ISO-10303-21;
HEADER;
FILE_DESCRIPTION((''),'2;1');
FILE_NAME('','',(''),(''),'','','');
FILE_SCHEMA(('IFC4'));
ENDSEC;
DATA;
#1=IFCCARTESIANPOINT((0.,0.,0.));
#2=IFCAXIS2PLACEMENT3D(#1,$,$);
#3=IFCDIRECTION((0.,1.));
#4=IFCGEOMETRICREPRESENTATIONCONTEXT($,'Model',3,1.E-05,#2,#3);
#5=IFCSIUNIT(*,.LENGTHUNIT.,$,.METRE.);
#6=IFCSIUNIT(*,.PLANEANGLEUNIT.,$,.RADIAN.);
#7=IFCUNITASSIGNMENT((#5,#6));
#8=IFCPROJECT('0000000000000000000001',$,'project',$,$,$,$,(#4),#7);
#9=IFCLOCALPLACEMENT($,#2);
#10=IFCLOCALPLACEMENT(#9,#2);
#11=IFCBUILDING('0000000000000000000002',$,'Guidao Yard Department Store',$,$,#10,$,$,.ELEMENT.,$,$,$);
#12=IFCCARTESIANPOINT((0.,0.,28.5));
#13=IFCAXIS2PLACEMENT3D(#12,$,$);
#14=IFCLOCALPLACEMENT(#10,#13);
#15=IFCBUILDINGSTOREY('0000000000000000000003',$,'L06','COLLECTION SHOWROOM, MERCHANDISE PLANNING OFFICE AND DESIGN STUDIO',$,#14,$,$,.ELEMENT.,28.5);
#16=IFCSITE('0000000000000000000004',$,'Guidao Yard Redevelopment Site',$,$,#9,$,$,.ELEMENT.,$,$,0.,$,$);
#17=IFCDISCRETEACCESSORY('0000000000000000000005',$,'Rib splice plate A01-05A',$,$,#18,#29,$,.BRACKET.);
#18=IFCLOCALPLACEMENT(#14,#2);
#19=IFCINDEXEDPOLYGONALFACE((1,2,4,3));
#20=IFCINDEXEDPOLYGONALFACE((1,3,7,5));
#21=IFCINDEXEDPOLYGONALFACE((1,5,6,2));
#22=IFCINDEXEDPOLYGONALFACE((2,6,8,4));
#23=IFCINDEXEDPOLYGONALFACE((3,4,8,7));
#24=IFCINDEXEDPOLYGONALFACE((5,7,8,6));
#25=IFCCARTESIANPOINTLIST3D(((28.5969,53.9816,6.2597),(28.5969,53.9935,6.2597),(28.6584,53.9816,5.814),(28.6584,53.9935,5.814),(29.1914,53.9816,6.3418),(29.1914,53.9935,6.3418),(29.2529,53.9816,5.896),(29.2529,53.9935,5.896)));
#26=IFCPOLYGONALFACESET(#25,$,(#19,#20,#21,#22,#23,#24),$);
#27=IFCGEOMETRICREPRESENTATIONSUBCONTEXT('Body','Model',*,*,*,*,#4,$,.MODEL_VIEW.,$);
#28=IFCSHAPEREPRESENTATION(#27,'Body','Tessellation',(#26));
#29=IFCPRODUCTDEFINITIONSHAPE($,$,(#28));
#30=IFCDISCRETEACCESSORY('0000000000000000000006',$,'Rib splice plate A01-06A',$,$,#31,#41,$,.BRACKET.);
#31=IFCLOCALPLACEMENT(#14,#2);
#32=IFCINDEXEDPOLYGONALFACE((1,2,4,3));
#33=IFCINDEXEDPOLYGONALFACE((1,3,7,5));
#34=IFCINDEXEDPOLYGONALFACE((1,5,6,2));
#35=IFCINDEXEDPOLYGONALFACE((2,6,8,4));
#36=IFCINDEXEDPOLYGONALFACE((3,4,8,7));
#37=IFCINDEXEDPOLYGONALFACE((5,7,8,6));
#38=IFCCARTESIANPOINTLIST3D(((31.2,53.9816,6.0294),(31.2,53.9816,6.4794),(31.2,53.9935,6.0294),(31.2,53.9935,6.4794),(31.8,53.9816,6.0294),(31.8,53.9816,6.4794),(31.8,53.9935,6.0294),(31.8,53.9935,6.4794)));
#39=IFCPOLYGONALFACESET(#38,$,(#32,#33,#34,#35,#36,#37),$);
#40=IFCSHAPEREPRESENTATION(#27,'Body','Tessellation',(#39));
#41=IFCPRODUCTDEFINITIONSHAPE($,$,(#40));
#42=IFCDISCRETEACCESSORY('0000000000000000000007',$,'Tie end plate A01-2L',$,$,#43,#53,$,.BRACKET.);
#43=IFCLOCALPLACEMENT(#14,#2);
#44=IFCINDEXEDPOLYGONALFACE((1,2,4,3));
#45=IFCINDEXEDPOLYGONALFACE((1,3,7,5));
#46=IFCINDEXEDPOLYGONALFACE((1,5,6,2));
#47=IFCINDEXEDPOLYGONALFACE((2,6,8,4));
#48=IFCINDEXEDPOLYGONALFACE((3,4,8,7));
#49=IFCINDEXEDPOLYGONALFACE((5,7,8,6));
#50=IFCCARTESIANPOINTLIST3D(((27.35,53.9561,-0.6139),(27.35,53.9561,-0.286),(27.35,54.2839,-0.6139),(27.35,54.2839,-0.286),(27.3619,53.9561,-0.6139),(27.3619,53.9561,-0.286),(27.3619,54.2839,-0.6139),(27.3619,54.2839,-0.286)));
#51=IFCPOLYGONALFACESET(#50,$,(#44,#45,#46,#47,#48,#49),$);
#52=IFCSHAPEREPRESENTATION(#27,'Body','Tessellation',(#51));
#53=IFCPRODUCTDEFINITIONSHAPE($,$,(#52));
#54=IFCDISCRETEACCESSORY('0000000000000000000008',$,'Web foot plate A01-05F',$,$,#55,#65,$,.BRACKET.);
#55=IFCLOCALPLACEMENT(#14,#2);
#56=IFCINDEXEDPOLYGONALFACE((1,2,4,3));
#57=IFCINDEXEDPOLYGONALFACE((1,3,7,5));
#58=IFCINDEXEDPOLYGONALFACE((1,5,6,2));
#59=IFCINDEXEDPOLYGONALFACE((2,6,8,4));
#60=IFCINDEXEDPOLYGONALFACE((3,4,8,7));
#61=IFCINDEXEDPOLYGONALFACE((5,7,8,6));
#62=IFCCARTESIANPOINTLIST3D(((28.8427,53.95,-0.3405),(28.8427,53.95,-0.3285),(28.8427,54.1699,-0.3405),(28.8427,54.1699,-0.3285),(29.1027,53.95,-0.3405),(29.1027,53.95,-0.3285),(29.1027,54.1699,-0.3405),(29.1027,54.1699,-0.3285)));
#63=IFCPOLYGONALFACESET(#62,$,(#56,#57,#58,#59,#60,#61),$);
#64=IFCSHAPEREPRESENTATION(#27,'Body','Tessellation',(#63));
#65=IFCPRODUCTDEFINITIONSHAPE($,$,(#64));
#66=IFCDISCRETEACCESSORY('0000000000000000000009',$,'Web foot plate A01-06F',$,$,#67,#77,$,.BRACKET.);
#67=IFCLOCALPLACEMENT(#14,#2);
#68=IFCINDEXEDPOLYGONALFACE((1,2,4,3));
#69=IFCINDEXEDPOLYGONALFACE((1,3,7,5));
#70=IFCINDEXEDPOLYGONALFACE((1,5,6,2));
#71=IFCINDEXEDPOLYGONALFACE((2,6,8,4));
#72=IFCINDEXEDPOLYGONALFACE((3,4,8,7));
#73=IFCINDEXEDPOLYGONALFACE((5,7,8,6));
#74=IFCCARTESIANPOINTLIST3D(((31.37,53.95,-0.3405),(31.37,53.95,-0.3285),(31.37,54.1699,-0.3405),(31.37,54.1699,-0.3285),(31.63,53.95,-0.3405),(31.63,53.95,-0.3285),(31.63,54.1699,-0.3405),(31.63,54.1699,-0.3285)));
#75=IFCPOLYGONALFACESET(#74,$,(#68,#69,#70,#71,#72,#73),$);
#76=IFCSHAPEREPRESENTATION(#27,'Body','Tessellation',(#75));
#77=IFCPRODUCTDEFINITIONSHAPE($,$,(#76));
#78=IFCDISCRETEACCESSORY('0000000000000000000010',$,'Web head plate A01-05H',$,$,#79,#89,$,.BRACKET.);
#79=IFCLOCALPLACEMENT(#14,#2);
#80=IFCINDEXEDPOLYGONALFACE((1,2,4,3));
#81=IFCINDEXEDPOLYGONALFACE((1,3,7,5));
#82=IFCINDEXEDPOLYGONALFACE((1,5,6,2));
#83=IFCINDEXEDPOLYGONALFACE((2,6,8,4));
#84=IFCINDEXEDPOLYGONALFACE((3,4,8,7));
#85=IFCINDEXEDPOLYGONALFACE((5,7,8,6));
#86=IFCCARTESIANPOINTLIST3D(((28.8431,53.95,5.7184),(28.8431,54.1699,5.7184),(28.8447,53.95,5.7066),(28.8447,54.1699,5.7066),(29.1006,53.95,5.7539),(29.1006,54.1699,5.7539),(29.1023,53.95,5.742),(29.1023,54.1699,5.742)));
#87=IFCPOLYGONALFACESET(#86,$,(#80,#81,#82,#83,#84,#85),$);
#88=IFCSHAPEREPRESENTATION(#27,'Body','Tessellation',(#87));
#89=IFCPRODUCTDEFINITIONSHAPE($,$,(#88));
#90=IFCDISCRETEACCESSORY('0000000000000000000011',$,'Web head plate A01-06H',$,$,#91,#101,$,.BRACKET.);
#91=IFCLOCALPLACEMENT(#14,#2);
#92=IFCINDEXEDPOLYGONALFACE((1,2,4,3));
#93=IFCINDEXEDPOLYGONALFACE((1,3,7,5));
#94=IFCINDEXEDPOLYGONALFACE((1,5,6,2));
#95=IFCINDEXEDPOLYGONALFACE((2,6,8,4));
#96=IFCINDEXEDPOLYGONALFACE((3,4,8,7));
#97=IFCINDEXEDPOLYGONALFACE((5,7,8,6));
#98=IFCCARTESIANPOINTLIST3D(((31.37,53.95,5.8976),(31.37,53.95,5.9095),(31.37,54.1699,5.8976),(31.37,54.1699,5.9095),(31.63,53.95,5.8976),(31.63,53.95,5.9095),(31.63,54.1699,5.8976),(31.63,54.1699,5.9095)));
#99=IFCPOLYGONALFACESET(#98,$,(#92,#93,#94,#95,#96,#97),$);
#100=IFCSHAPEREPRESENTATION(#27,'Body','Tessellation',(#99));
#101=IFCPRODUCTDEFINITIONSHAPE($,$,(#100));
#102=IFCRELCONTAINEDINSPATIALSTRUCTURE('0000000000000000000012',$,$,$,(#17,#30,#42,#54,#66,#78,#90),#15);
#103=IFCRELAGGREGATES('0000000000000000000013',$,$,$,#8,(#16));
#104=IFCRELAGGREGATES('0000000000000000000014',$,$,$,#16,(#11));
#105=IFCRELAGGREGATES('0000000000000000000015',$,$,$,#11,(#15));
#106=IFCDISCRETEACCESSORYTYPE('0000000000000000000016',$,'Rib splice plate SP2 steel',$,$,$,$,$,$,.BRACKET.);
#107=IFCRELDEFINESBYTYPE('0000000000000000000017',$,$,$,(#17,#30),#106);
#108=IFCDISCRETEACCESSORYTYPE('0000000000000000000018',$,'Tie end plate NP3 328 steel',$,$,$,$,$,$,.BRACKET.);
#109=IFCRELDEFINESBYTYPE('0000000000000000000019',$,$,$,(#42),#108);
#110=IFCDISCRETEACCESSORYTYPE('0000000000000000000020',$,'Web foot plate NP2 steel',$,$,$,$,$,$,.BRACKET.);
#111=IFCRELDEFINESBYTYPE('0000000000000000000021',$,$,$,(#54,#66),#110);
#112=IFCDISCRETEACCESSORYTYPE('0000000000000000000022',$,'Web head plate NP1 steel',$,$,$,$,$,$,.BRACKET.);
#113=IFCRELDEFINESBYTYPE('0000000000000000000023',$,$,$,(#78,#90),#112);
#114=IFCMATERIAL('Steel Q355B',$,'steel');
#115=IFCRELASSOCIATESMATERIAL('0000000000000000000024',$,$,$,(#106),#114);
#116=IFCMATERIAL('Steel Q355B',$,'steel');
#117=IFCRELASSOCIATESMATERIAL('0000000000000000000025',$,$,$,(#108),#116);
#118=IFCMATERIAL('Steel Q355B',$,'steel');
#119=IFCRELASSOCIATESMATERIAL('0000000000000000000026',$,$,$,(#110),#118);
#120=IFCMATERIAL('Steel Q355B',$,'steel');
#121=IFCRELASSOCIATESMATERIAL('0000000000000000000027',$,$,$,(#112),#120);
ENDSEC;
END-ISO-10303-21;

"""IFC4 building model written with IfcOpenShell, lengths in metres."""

from ifc_helpers import new_model, si_unit, direction, frame, origin, origin_2d, place, context, subcontext, project, spatial, rectangle, extrude, material, material_profile, profile_set, type_object, element, save


model = new_model("IFC4")

# Units and contexts
model_context = context("Model", 3, precision=1e-05, world=origin(), true_north=direction((0.0, 1.0)))
body_context = subcontext(model_context, "Body", "Model", "MODEL_VIEW")
ifc_project = project(units=[si_unit("LENGTHUNIT", "METRE"), si_unit("PLANEANGLEUNIT", "RADIAN")], contexts=[model_context])

# Site, building, storey
site_placement = place(None, origin())
site = spatial("IfcSite", under=ifc_project, at=site_placement, Name="Guidao Yard Redevelopment Site", CompositionType="ELEMENT", RefElevation=0.0)
building_placement = place(site_placement, origin())
building = spatial("IfcBuilding", under=site, at=building_placement, Name="Guidao Yard Department Store", CompositionType="ELEMENT")
storey_placement = place(building_placement, frame((0.0, 0.0, 28.5)))
storey = spatial("IfcBuildingStorey", under=building, at=storey_placement, Name="L06", Description="COLLECTION SHOWROOM, MERCHANDISE PLANNING OFFICE AND DESIGN STUDIO", CompositionType="ELEMENT", Elevation=28.5)

# Discrete accessories
ifc_material_1 = material(Name="Steel Q355B", Category="steel")
ifc_material_profile_1 = material_profile(ifc_material_1, rectangle(XDim=0.012, YDim=0.45, at=origin_2d()), Name="Splice plate 450x12")
ifc_profile_set_1 = profile_set([ifc_material_profile_1], Name="Steel Q355B")
discrete_accessory_type_1 = type_object("IfcDiscreteAccessoryType", Name="Rib splice plate SP2 steel", PredefinedType="BRACKET", material=ifc_profile_set_1)
for number, where, z_axis, x_axis, name in (
    (1, (28.6277, 53.9875, 6.0369), (0.990614, 0.0, 0.136692), (0.0, 1.0, 0.0), "Rib splice plate A01-05A"),
    (2, (31.2, 53.9875, 6.2544), (1.0, 0.0, 0.0), (0.0, 1.0, 0.0), "Rib splice plate A01-06A"),
):
    element("IfcDiscreteAccessory", number, at=place(storey_placement, frame(where, z_axis=z_axis, x_axis=x_axis)), inside=storey, type_object=discrete_accessory_type_1, Name=name, PredefinedType="BRACKET", context=body_context, shape_type="SweptSolid", body=[
        extrude(rectangle(XDim=0.012, YDim=0.45, at=origin_2d()), origin(), (0.0, 0.0, 1.0), 0.6001),
    ])
ifc_material_2 = material(Name="Steel Q355B", Category="steel")
ifc_material_profile_2 = material_profile(ifc_material_2, rectangle(XDim=0.3279, YDim=0.012, at=origin_2d()), Name="Node plate 328x12")
ifc_profile_set_2 = profile_set([ifc_material_profile_2], Name="Steel Q355B")
discrete_accessory_type_2 = type_object("IfcDiscreteAccessoryType", Name="Tie end plate NP3 328 steel", PredefinedType="BRACKET", material=ifc_profile_set_2)
discrete_accessory_placement = place(storey_placement, frame((27.356, 53.9561, -0.45), z_axis=(0.0, 1.0, 0.0), x_axis=(0.0, 0.0, 1.0)))
element("IfcDiscreteAccessory", 3, at=discrete_accessory_placement, inside=storey, type_object=discrete_accessory_type_2, Name="Tie end plate A01-2L", PredefinedType="BRACKET", context=body_context, shape_type="SweptSolid", body=[
    extrude(rectangle(XDim=0.3279, YDim=0.012, at=origin_2d()), origin(), (0.0, 0.0, 1.0), 0.3279),
])
ifc_material_3 = material(Name="Steel Q355B", Category="steel")
ifc_material_profile_3 = material_profile(ifc_material_3, rectangle(XDim=0.26, YDim=0.012, at=origin_2d()), Name="Node plate 260x12")
ifc_profile_set_3 = profile_set([ifc_material_profile_3], Name="Steel Q355B")
discrete_accessory_type_3 = type_object("IfcDiscreteAccessoryType", Name="Web foot plate NP2 steel", PredefinedType="BRACKET", material=ifc_profile_set_3)
for number, where, z_axis, x_axis, name in (
    (4, (28.9727, 53.95, -0.3345), (0.0, 1.0, 0.0), (-1.0, 0.0, 0.0), "Web foot plate A01-05F"),
    (5, (31.5, 53.95, -0.3345), (0.0, 1.0, 0.0), (-1.0, 0.0, 0.0), "Web foot plate A01-06F"),
):
    element("IfcDiscreteAccessory", number, at=place(storey_placement, frame(where, z_axis=z_axis, x_axis=x_axis)), inside=storey, type_object=discrete_accessory_type_3, Name=name, PredefinedType="BRACKET", context=body_context, shape_type="SweptSolid", body=[
        extrude(rectangle(XDim=0.26, YDim=0.012, at=origin_2d()), origin(), (0.0, 0.0, 1.0), 0.22),
    ])
ifc_material_4 = material(Name="Steel Q355B", Category="steel")
ifc_material_profile_4 = material_profile(ifc_material_4, rectangle(XDim=0.26, YDim=0.012, at=origin_2d()), Name="Node plate 260x12")
ifc_profile_set_4 = profile_set([ifc_material_profile_4], Name="Steel Q355B")
discrete_accessory_type_4 = type_object("IfcDiscreteAccessoryType", Name="Web head plate NP1 steel", PredefinedType="BRACKET", material=ifc_profile_set_4)
for number, where, z_axis, x_axis, name in (
    (6, (28.9727, 53.95, 5.7302), (0.0, 1.0, 0.0), (-0.990647, 0.0, -0.136449), "Web head plate A01-05H"),
    (7, (31.5, 53.95, 5.9036), (0.0, 1.0, 0.0), (-1.0, 0.0, 0.0), "Web head plate A01-06H"),
):
    element("IfcDiscreteAccessory", number, at=place(storey_placement, frame(where, z_axis=z_axis, x_axis=x_axis)), inside=storey, type_object=discrete_accessory_type_4, Name=name, PredefinedType="BRACKET", context=body_context, shape_type="SweptSolid", body=[
        extrude(rectangle(XDim=0.26, YDim=0.012, at=origin_2d()), origin(), (0.0, 0.0, 1.0), 0.22),
    ])

save(model, "model.ifc")
